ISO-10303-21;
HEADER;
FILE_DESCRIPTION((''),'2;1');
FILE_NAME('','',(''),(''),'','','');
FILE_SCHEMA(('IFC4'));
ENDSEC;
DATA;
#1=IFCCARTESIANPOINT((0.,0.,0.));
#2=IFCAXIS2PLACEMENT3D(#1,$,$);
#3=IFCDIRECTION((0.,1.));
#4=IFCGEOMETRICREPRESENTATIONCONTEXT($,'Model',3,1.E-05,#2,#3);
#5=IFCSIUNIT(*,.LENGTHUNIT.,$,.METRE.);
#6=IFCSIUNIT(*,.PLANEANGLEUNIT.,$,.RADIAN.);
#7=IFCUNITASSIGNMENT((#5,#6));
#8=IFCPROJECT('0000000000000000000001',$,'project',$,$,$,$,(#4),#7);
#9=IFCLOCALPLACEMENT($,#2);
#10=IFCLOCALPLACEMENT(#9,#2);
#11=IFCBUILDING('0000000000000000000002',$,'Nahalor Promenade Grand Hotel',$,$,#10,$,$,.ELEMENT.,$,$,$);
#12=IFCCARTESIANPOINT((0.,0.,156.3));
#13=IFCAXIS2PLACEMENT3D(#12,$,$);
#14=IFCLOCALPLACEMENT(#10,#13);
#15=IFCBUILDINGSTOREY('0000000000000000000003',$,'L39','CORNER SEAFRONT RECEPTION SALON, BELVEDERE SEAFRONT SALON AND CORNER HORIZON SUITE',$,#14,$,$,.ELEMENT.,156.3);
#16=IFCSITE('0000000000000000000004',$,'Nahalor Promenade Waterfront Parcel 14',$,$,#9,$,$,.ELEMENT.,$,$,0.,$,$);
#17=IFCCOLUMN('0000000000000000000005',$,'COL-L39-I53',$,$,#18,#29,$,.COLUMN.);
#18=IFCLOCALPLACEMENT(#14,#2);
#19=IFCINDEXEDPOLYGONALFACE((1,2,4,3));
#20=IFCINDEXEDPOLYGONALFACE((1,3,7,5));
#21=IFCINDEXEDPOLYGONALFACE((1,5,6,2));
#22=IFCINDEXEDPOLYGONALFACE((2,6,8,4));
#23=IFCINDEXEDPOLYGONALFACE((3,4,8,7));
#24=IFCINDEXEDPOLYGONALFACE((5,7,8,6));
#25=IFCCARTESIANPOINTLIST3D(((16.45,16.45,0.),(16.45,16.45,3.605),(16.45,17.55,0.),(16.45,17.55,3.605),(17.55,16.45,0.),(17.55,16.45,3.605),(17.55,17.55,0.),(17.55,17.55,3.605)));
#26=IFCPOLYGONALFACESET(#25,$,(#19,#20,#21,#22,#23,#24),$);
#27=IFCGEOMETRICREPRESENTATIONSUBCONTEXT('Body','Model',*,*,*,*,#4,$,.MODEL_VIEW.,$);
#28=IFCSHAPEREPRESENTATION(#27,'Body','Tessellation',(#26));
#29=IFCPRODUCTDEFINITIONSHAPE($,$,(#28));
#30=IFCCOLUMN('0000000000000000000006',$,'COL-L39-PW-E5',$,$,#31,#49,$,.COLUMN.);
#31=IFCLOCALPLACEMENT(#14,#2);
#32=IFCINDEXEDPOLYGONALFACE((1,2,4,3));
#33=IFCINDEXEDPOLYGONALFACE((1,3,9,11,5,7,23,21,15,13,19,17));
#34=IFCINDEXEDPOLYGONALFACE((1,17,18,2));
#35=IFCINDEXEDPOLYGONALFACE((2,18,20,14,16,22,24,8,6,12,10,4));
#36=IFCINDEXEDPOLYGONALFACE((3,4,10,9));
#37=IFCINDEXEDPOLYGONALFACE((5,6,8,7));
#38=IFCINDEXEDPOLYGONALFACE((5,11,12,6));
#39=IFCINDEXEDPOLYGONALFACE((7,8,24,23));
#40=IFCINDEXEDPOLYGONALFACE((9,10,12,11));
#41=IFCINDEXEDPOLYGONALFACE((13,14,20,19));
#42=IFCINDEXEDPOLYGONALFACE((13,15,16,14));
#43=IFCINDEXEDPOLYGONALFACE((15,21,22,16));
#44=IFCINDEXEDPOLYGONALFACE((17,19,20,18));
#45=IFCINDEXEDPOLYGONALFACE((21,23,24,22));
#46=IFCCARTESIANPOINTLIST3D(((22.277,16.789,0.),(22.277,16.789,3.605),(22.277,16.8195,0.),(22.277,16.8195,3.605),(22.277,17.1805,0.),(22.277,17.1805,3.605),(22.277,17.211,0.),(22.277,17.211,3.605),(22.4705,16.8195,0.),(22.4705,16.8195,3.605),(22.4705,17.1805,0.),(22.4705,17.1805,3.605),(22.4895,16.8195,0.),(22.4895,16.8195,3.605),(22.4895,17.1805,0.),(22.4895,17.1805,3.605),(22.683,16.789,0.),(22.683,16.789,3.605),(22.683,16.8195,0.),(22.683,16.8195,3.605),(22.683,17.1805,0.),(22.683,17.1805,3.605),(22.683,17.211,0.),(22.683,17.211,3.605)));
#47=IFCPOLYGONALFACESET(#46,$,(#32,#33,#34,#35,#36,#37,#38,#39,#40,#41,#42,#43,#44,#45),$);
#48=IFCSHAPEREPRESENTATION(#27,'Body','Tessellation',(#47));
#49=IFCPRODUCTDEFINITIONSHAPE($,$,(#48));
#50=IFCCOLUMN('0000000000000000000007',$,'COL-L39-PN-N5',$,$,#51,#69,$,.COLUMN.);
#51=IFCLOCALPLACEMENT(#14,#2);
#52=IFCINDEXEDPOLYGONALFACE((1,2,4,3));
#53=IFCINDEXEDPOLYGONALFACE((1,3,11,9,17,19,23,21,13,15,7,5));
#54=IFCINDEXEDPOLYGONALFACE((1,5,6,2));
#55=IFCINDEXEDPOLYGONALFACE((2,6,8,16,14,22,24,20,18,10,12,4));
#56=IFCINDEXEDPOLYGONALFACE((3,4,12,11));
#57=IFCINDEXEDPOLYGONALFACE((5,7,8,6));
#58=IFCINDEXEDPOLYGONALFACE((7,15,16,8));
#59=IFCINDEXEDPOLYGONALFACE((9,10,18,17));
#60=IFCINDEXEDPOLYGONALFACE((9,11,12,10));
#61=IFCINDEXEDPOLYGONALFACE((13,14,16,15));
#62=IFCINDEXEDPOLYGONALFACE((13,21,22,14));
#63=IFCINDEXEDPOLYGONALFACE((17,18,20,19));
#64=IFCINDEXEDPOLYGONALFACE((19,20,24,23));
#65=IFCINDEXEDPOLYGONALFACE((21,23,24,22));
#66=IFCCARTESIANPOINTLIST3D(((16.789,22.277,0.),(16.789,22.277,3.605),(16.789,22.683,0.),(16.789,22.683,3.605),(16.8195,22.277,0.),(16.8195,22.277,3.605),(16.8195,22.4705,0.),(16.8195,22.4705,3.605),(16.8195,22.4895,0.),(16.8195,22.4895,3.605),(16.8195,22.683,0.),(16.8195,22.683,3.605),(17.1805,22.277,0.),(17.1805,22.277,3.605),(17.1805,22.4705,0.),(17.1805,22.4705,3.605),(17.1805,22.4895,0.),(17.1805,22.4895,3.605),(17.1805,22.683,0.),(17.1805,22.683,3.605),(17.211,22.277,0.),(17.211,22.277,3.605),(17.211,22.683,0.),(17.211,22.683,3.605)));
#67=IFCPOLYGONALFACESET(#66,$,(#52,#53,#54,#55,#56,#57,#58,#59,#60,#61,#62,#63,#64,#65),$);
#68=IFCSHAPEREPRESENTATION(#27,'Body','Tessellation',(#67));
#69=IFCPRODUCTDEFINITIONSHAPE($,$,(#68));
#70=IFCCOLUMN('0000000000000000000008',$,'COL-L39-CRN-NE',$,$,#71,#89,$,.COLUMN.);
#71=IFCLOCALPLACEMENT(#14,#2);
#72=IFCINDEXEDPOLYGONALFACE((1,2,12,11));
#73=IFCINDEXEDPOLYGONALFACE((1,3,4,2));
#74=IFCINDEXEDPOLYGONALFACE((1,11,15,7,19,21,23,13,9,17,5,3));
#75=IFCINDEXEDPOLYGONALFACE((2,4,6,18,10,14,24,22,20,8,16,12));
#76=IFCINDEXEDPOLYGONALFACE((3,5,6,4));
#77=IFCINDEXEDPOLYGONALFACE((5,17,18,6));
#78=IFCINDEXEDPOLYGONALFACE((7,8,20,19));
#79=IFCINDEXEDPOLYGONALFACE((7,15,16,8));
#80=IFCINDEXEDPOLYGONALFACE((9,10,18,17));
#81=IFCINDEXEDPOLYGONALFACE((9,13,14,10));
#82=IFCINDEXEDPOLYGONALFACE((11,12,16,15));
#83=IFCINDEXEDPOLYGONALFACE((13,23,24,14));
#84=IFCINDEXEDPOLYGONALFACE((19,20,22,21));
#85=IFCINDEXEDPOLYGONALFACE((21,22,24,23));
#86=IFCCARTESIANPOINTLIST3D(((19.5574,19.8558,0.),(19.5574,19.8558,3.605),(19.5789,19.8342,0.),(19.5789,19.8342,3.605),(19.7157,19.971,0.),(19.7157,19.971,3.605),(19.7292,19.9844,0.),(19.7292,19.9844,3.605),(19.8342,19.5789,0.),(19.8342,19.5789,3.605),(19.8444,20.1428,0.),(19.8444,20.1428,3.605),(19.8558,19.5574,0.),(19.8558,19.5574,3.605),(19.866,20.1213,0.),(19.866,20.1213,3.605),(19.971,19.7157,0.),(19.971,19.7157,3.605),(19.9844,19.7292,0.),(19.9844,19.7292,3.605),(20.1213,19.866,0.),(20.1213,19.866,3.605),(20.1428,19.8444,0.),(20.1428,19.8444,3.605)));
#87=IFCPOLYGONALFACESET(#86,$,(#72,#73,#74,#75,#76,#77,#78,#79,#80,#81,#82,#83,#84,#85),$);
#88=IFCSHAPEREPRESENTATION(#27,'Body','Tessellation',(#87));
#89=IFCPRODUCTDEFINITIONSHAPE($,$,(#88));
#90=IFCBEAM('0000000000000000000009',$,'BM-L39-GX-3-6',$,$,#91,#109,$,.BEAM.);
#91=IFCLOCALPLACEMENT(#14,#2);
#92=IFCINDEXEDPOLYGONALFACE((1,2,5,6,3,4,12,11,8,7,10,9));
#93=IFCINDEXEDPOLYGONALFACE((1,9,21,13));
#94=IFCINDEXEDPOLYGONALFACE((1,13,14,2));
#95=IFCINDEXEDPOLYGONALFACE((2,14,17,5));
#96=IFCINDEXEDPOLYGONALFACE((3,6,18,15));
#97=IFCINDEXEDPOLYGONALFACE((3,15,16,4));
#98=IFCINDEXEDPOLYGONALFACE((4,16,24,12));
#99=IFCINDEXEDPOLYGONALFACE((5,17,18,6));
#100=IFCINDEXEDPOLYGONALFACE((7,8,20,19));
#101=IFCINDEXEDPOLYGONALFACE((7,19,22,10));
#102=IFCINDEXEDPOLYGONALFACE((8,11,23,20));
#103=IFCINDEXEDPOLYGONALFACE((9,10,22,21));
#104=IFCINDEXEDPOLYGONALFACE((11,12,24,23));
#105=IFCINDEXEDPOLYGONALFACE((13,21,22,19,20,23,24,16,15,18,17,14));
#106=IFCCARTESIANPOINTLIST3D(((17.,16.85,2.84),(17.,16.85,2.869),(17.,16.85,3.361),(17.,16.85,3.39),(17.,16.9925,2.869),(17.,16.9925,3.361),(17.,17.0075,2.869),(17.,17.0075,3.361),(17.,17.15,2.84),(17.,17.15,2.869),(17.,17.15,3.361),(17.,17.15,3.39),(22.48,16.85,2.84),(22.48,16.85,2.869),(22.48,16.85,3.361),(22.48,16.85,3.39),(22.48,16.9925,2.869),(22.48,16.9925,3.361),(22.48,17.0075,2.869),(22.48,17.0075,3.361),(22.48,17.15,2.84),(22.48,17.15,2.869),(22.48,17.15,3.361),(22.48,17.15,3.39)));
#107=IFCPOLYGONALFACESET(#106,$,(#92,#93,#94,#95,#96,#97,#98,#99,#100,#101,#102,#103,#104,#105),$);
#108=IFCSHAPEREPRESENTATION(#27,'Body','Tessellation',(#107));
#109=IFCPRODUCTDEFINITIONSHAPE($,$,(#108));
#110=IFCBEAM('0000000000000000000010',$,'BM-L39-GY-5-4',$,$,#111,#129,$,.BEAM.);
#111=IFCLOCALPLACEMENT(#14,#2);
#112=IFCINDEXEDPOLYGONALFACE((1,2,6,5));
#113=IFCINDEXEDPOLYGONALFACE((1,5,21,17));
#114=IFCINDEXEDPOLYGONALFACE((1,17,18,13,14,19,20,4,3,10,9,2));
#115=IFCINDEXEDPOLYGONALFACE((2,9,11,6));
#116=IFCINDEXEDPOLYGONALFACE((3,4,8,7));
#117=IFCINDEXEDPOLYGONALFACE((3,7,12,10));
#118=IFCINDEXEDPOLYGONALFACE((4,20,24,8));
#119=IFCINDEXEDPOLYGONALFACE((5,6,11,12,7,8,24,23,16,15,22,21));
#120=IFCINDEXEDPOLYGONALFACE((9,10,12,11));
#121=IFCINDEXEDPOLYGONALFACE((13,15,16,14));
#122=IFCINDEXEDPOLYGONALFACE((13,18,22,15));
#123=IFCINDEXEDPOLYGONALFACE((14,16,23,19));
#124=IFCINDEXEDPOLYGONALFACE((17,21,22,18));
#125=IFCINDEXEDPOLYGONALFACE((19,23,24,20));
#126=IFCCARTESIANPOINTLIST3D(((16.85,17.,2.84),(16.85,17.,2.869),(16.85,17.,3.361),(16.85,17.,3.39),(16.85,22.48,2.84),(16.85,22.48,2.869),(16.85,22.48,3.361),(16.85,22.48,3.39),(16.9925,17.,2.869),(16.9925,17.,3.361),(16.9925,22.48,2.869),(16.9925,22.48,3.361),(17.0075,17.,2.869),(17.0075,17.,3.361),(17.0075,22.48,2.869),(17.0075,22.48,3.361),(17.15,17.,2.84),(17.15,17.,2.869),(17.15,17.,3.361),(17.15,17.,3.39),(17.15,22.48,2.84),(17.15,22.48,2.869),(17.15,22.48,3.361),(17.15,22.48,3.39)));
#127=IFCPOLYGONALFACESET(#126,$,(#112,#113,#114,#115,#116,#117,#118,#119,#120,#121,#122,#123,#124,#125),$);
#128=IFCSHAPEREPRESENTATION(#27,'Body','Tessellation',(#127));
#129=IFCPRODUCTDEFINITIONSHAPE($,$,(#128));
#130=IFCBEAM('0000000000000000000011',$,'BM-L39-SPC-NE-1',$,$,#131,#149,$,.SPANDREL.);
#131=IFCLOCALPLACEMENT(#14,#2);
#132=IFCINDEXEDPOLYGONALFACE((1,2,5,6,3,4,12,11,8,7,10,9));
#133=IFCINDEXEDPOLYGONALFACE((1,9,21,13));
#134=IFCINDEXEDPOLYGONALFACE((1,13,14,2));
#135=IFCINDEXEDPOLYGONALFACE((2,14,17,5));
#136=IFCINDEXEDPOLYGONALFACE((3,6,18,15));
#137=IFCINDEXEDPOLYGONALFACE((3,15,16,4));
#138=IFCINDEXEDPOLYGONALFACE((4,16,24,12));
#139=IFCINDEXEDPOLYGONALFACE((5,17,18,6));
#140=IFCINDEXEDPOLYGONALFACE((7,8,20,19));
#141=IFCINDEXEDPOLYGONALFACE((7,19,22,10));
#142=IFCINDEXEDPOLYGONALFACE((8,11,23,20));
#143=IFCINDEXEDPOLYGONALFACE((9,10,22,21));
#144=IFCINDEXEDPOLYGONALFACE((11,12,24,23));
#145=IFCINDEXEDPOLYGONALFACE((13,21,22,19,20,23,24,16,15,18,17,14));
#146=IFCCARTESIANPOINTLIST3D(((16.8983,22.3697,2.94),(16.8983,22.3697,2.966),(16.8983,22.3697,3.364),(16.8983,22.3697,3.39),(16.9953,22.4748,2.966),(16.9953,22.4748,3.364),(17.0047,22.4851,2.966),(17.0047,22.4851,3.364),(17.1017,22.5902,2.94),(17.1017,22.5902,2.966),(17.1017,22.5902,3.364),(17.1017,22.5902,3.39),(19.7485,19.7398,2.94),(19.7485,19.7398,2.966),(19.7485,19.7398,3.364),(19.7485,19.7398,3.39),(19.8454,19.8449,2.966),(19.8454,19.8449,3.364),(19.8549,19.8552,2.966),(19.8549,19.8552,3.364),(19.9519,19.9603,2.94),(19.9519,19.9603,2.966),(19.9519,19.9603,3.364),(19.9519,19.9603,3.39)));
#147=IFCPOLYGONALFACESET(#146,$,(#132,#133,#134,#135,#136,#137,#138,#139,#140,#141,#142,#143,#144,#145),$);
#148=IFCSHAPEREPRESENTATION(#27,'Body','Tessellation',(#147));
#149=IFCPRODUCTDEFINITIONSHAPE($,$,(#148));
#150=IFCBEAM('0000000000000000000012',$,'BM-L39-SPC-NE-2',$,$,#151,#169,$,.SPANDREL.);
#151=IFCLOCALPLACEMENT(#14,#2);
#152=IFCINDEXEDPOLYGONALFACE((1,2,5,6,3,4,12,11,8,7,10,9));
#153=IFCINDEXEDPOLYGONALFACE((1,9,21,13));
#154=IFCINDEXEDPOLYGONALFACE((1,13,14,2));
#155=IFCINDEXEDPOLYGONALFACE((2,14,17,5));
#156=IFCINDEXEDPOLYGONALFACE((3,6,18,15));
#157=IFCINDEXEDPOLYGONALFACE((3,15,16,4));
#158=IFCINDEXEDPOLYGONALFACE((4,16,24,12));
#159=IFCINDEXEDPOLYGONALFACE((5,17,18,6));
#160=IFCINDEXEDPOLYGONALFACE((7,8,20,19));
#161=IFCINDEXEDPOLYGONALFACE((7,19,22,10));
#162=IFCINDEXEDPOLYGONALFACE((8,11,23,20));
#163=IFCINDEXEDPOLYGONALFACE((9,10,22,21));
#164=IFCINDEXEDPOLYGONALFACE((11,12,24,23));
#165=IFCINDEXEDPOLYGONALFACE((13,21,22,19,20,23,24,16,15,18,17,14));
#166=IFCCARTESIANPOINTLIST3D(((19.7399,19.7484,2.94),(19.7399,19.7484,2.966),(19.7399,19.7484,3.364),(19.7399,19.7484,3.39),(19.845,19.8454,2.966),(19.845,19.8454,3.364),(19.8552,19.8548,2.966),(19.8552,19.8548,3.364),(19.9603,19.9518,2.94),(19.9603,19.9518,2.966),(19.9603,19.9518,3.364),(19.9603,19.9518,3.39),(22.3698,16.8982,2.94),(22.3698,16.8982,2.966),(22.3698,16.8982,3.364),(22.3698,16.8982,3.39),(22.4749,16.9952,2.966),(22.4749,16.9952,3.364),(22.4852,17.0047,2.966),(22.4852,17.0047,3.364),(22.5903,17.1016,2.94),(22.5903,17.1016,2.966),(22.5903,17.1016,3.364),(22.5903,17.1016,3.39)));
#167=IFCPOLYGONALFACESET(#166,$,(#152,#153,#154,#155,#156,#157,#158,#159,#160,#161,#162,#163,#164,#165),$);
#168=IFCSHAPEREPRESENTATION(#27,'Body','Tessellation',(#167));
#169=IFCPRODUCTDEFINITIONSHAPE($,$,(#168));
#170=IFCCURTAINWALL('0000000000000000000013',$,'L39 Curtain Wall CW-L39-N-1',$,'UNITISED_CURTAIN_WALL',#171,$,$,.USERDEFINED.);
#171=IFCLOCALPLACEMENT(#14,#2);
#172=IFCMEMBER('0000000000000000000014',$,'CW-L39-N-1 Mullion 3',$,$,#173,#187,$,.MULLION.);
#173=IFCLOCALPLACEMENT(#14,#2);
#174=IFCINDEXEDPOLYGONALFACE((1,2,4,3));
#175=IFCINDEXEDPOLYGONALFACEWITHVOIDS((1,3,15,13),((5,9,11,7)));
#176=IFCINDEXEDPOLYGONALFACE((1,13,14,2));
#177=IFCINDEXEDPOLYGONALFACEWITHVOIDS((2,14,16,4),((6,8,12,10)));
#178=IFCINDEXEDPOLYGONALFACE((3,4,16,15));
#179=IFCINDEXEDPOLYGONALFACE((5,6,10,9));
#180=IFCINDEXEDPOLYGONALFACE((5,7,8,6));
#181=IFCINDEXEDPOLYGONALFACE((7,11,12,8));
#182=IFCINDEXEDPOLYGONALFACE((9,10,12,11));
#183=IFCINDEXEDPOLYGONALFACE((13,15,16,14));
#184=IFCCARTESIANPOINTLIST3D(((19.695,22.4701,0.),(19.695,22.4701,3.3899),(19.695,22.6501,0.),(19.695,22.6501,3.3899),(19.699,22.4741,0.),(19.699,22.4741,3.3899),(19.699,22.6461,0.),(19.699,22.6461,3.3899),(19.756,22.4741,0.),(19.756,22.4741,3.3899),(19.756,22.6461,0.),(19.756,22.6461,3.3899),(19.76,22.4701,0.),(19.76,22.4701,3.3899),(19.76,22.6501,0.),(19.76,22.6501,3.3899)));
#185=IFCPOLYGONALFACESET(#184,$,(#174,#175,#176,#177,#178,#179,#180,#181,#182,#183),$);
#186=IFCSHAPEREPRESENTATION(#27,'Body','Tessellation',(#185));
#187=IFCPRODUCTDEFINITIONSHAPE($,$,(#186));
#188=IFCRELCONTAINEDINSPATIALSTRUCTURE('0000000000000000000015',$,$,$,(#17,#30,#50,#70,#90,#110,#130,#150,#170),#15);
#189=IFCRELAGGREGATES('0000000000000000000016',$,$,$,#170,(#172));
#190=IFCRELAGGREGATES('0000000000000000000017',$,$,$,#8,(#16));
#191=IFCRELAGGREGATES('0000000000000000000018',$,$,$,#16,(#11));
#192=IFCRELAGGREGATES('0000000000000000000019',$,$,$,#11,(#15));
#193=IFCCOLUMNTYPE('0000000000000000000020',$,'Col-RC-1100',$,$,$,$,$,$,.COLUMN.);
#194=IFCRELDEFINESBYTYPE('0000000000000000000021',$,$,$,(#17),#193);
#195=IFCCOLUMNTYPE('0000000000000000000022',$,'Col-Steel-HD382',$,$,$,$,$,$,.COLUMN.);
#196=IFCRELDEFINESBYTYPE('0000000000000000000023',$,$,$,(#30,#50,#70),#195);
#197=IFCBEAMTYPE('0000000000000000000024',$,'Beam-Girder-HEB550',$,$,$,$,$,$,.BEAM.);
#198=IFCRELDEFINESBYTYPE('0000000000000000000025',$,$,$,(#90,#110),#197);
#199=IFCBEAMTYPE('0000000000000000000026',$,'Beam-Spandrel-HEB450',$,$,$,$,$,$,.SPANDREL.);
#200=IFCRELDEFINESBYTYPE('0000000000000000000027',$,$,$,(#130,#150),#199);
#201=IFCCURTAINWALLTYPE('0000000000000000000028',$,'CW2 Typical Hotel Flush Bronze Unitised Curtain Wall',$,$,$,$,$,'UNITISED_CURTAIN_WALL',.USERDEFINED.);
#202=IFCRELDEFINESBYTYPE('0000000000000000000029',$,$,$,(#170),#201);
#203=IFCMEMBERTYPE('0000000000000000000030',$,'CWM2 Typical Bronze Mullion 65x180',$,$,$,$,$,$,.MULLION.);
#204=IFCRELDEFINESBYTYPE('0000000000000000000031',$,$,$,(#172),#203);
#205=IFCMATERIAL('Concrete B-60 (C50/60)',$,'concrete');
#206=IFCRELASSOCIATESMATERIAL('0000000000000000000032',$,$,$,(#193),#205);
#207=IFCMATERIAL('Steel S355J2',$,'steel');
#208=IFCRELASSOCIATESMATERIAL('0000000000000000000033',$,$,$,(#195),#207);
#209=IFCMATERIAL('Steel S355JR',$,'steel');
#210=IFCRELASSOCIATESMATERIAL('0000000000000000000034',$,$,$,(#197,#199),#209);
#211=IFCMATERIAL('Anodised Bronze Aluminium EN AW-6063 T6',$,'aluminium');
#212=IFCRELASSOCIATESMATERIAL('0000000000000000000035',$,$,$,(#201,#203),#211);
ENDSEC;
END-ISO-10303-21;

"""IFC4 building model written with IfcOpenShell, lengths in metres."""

from ifc_helpers import new_model, si_unit, direction, frame, origin, origin_2d, place, context, subcontext, project, spatial, rectangle, hollow_rectangle, i_section, extrude, source, transform, mapped, material, material_profile, profile_set, type_object, element, aggregate, save


model = new_model("IFC4")

# Units and contexts
model_context = context("Model", 3, precision=1e-05, world=origin(), true_north=direction((0.0, 1.0)))
body_context = subcontext(model_context, "Body", "Model", "MODEL_VIEW")
ifc_project = project(units=[si_unit("LENGTHUNIT", "METRE"), si_unit("PLANEANGLEUNIT", "RADIAN")], contexts=[model_context])

# Site, building, storey
site_placement = place(None, origin())
site = spatial("IfcSite", under=ifc_project, at=site_placement, Name="Nahalor Promenade Waterfront Parcel 14", CompositionType="ELEMENT", RefElevation=0.0)
building_placement = place(site_placement, origin())
building = spatial("IfcBuilding", under=site, at=building_placement, Name="Nahalor Promenade Grand Hotel", CompositionType="ELEMENT")
storey_placement = place(building_placement, frame((0.0, 0.0, 156.3)))
storey = spatial("IfcBuildingStorey", under=building, at=storey_placement, Name="L39", Description="CORNER SEAFRONT RECEPTION SALON, BELVEDERE SEAFRONT SALON AND CORNER HORIZON SUITE", CompositionType="ELEMENT", Elevation=156.3)

# Columns
ifc_material_1 = material(Name="Concrete B-60 (C50/60)", Category="concrete")
ifc_material_profile_1 = material_profile(ifc_material_1, rectangle(XDim=1.1, YDim=1.1, at=origin_2d()), Name="RC 1100x1100")
ifc_profile_set_1 = profile_set([ifc_material_profile_1], Name="Concrete B-60 (C50/60)")
column_type_1 = type_object("IfcColumnType", Name="Col-RC-1100", PredefinedType="COLUMN", material=ifc_profile_set_1)
shared_shape_1 = source(origin(), body_context, "Body", "SweptSolid", [
    extrude(rectangle(XDim=1.1, YDim=1.1, at=origin_2d()), origin(), (0.0, 0.0, 1.0), 3.605),
])
column_placement = place(storey_placement, frame((17.0, 17.0, 0.0), z_axis=(0.0, 0.0, 1.0), x_axis=(1.0, 0.0, 0.0)))
element("IfcColumn", 1, at=column_placement, inside=storey, type_object=column_type_1, Name="COL-L39-I53", PredefinedType="COLUMN", context=body_context, shape_type="MappedRepresentation", body=[
    mapped(shared_shape_1, transform((0.0, 0.0, 0.0), scale=1.0)),
])
ifc_material_2 = material(Name="Steel S355J2", Category="steel")
ifc_material_profile_2 = material_profile(ifc_material_2, i_section(OverallWidth=0.406, OverallDepth=0.422, WebThickness=0.019, FlangeThickness=0.0305, at=origin_2d()), Name="HD 400x382")
ifc_profile_set_2 = profile_set([ifc_material_profile_2], Name="Steel S355J2")
column_type_2 = type_object("IfcColumnType", Name="Col-Steel-HD382", PredefinedType="COLUMN", material=ifc_profile_set_2)
shared_shape_2 = source(origin(), body_context, "Body", "SweptSolid", [
    extrude(i_section(OverallWidth=0.406, OverallDepth=0.422, WebThickness=0.019, FlangeThickness=0.0305, at=origin_2d()), origin(), (0.0, 0.0, 1.0), 3.605),
])
for number, where, z_axis, x_axis, name in (
    (2, (22.48, 17.0, 0.0), (0.0, 0.0, 1.0), (1.0, 0.0, 0.0), "COL-L39-PW-E5"),
    (3, (17.0, 22.48, 0.0), (0.0, 0.0, 1.0), (0.0, 1.0, 0.0), "COL-L39-PN-N5"),
    (4, (19.8501, 19.8501, 0.0), (0.0, 0.0, 1.0), (0.707107, 0.707107, 0.0), "COL-L39-CRN-NE"),
):
    element("IfcColumn", number, at=place(storey_placement, frame(where, z_axis=z_axis, x_axis=x_axis)), inside=storey, type_object=column_type_2, Name=name, PredefinedType="COLUMN", context=body_context, shape_type="MappedRepresentation", body=[
        mapped(shared_shape_2, transform((0.0, 0.0, 0.0), scale=1.0)),
    ])

# Beams
ifc_material_3 = material(Name="Steel S355JR", Category="steel")
ifc_material_profile_3 = material_profile(ifc_material_3, i_section(OverallWidth=0.3, OverallDepth=0.55, WebThickness=0.015, FlangeThickness=0.029, at=origin_2d()), Name="HEB 550")
ifc_profile_set_3 = profile_set([ifc_material_profile_3], Name="Steel S355JR")
beam_type_1 = type_object("IfcBeamType", Name="Beam-Girder-HEB550", PredefinedType="BEAM", material=ifc_profile_set_3)
shared_shape_3 = source(origin(), body_context, "Body", "SweptSolid", [
    extrude(i_section(OverallWidth=0.3, OverallDepth=0.55, WebThickness=0.015, FlangeThickness=0.029, at=origin_2d()), origin(), (0.0, 0.0, 1.0), 5.48),
])
for number, where, z_axis, x_axis, name in (
    (5, (17.0, 17.0, 3.115), (1.0, 0.0, 0.0), (0.0, 1.0, 0.0), "BM-L39-GX-3-6"),
    (6, (17.0, 17.0, 3.115), (0.0, 1.0, 0.0), (-1.0, 0.0, 0.0), "BM-L39-GY-5-4"),
):
    element("IfcBeam", number, at=place(storey_placement, frame(where, z_axis=z_axis, x_axis=x_axis)), inside=storey, type_object=beam_type_1, Name=name, PredefinedType="BEAM", context=body_context, shape_type="MappedRepresentation", body=[
        mapped(shared_shape_3, transform((0.0, 0.0, 0.0), scale=1.0)),
    ])
ifc_material_profile_4 = material_profile(ifc_material_3, i_section(OverallWidth=0.3, OverallDepth=0.45, WebThickness=0.014, FlangeThickness=0.026, at=origin_2d()), Name="HEB 450")
ifc_profile_set_4 = profile_set([ifc_material_profile_4], Name="Steel S355JR")
beam_type_2 = type_object("IfcBeamType", Name="Beam-Spandrel-HEB450", PredefinedType="SPANDREL", material=ifc_profile_set_4)
shared_shape_4 = source(origin(), body_context, "Body", "SweptSolid", [
    extrude(i_section(OverallWidth=0.3, OverallDepth=0.45, WebThickness=0.014, FlangeThickness=0.026, at=origin_2d()), origin(), (0.0, 0.0, 1.0), 3.8782),
])
for number, where, z_axis, x_axis, name in (
    (7, (17.0, 22.48, 3.165), (0.734929, -0.678144, 0.0), (0.678144, 0.734929, 0.0), "BM-L39-SPC-NE-1"),
    (8, (19.8501, 19.8501, 3.165), (0.678144, -0.734929, 0.0), (0.734929, 0.678144, 0.0), "BM-L39-SPC-NE-2"),
):
    element("IfcBeam", number, at=place(storey_placement, frame(where, z_axis=z_axis, x_axis=x_axis)), inside=storey, type_object=beam_type_2, Name=name, PredefinedType="SPANDREL", context=body_context, shape_type="MappedRepresentation", body=[
        mapped(shared_shape_4, transform((0.0, 0.0, 0.0), scale=1.0)),
    ])

# Curtain wall, member
ifc_material_4 = material(Name="Anodised Bronze Aluminium EN AW-6063 T6", Category="aluminium")
curtain_wall_type = type_object("IfcCurtainWallType", Name="CW2 Typical Hotel Flush Bronze Unitised Curtain Wall", ElementType="UNITISED_CURTAIN_WALL", PredefinedType="USERDEFINED", material=ifc_material_4)
curtain_wall_1_placement = place(storey_placement, origin())
curtain_wall_1 = element("IfcCurtainWall", 9, at=curtain_wall_1_placement, inside=storey, type_object=curtain_wall_type, Name="L39 Curtain Wall CW-L39-N-1", ObjectType="UNITISED_CURTAIN_WALL", PredefinedType="USERDEFINED")
ifc_material_profile_5 = material_profile(ifc_material_4, hollow_rectangle(XDim=0.065, YDim=0.18, WallThickness=0.004, at=origin_2d()), Name="CWM 65x180x4")
ifc_profile_set_5 = profile_set([ifc_material_profile_5], Name="Anodised Bronze Aluminium EN AW-6063 T6")
member_type = type_object("IfcMemberType", Name="CWM2 Typical Bronze Mullion 65x180", PredefinedType="MULLION", material=ifc_profile_set_5)
shared_shape_5 = source(origin(), body_context, "Body", "SweptSolid", [
    extrude(hollow_rectangle(XDim=0.065, YDim=0.18, WallThickness=0.004, at=origin_2d()), origin(), (0.0, 0.0, 1.0), 3.3899),
])
member_1_placement = place(storey_placement, frame((19.7275, 22.5601, 0.0), z_axis=(0.0, 0.0, 1.0), x_axis=(1.0, 0.0, 0.0)))
member_1 = element("IfcMember", 10, at=member_1_placement, type_object=member_type, Name="CW-L39-N-1 Mullion 3", PredefinedType="MULLION", context=body_context, shape_type="MappedRepresentation", body=[
    mapped(shared_shape_5, transform((0.0, 0.0, 0.0), scale=1.0)),
])

aggregate(curtain_wall_1, [member_1])

save(model, "model.ifc")
